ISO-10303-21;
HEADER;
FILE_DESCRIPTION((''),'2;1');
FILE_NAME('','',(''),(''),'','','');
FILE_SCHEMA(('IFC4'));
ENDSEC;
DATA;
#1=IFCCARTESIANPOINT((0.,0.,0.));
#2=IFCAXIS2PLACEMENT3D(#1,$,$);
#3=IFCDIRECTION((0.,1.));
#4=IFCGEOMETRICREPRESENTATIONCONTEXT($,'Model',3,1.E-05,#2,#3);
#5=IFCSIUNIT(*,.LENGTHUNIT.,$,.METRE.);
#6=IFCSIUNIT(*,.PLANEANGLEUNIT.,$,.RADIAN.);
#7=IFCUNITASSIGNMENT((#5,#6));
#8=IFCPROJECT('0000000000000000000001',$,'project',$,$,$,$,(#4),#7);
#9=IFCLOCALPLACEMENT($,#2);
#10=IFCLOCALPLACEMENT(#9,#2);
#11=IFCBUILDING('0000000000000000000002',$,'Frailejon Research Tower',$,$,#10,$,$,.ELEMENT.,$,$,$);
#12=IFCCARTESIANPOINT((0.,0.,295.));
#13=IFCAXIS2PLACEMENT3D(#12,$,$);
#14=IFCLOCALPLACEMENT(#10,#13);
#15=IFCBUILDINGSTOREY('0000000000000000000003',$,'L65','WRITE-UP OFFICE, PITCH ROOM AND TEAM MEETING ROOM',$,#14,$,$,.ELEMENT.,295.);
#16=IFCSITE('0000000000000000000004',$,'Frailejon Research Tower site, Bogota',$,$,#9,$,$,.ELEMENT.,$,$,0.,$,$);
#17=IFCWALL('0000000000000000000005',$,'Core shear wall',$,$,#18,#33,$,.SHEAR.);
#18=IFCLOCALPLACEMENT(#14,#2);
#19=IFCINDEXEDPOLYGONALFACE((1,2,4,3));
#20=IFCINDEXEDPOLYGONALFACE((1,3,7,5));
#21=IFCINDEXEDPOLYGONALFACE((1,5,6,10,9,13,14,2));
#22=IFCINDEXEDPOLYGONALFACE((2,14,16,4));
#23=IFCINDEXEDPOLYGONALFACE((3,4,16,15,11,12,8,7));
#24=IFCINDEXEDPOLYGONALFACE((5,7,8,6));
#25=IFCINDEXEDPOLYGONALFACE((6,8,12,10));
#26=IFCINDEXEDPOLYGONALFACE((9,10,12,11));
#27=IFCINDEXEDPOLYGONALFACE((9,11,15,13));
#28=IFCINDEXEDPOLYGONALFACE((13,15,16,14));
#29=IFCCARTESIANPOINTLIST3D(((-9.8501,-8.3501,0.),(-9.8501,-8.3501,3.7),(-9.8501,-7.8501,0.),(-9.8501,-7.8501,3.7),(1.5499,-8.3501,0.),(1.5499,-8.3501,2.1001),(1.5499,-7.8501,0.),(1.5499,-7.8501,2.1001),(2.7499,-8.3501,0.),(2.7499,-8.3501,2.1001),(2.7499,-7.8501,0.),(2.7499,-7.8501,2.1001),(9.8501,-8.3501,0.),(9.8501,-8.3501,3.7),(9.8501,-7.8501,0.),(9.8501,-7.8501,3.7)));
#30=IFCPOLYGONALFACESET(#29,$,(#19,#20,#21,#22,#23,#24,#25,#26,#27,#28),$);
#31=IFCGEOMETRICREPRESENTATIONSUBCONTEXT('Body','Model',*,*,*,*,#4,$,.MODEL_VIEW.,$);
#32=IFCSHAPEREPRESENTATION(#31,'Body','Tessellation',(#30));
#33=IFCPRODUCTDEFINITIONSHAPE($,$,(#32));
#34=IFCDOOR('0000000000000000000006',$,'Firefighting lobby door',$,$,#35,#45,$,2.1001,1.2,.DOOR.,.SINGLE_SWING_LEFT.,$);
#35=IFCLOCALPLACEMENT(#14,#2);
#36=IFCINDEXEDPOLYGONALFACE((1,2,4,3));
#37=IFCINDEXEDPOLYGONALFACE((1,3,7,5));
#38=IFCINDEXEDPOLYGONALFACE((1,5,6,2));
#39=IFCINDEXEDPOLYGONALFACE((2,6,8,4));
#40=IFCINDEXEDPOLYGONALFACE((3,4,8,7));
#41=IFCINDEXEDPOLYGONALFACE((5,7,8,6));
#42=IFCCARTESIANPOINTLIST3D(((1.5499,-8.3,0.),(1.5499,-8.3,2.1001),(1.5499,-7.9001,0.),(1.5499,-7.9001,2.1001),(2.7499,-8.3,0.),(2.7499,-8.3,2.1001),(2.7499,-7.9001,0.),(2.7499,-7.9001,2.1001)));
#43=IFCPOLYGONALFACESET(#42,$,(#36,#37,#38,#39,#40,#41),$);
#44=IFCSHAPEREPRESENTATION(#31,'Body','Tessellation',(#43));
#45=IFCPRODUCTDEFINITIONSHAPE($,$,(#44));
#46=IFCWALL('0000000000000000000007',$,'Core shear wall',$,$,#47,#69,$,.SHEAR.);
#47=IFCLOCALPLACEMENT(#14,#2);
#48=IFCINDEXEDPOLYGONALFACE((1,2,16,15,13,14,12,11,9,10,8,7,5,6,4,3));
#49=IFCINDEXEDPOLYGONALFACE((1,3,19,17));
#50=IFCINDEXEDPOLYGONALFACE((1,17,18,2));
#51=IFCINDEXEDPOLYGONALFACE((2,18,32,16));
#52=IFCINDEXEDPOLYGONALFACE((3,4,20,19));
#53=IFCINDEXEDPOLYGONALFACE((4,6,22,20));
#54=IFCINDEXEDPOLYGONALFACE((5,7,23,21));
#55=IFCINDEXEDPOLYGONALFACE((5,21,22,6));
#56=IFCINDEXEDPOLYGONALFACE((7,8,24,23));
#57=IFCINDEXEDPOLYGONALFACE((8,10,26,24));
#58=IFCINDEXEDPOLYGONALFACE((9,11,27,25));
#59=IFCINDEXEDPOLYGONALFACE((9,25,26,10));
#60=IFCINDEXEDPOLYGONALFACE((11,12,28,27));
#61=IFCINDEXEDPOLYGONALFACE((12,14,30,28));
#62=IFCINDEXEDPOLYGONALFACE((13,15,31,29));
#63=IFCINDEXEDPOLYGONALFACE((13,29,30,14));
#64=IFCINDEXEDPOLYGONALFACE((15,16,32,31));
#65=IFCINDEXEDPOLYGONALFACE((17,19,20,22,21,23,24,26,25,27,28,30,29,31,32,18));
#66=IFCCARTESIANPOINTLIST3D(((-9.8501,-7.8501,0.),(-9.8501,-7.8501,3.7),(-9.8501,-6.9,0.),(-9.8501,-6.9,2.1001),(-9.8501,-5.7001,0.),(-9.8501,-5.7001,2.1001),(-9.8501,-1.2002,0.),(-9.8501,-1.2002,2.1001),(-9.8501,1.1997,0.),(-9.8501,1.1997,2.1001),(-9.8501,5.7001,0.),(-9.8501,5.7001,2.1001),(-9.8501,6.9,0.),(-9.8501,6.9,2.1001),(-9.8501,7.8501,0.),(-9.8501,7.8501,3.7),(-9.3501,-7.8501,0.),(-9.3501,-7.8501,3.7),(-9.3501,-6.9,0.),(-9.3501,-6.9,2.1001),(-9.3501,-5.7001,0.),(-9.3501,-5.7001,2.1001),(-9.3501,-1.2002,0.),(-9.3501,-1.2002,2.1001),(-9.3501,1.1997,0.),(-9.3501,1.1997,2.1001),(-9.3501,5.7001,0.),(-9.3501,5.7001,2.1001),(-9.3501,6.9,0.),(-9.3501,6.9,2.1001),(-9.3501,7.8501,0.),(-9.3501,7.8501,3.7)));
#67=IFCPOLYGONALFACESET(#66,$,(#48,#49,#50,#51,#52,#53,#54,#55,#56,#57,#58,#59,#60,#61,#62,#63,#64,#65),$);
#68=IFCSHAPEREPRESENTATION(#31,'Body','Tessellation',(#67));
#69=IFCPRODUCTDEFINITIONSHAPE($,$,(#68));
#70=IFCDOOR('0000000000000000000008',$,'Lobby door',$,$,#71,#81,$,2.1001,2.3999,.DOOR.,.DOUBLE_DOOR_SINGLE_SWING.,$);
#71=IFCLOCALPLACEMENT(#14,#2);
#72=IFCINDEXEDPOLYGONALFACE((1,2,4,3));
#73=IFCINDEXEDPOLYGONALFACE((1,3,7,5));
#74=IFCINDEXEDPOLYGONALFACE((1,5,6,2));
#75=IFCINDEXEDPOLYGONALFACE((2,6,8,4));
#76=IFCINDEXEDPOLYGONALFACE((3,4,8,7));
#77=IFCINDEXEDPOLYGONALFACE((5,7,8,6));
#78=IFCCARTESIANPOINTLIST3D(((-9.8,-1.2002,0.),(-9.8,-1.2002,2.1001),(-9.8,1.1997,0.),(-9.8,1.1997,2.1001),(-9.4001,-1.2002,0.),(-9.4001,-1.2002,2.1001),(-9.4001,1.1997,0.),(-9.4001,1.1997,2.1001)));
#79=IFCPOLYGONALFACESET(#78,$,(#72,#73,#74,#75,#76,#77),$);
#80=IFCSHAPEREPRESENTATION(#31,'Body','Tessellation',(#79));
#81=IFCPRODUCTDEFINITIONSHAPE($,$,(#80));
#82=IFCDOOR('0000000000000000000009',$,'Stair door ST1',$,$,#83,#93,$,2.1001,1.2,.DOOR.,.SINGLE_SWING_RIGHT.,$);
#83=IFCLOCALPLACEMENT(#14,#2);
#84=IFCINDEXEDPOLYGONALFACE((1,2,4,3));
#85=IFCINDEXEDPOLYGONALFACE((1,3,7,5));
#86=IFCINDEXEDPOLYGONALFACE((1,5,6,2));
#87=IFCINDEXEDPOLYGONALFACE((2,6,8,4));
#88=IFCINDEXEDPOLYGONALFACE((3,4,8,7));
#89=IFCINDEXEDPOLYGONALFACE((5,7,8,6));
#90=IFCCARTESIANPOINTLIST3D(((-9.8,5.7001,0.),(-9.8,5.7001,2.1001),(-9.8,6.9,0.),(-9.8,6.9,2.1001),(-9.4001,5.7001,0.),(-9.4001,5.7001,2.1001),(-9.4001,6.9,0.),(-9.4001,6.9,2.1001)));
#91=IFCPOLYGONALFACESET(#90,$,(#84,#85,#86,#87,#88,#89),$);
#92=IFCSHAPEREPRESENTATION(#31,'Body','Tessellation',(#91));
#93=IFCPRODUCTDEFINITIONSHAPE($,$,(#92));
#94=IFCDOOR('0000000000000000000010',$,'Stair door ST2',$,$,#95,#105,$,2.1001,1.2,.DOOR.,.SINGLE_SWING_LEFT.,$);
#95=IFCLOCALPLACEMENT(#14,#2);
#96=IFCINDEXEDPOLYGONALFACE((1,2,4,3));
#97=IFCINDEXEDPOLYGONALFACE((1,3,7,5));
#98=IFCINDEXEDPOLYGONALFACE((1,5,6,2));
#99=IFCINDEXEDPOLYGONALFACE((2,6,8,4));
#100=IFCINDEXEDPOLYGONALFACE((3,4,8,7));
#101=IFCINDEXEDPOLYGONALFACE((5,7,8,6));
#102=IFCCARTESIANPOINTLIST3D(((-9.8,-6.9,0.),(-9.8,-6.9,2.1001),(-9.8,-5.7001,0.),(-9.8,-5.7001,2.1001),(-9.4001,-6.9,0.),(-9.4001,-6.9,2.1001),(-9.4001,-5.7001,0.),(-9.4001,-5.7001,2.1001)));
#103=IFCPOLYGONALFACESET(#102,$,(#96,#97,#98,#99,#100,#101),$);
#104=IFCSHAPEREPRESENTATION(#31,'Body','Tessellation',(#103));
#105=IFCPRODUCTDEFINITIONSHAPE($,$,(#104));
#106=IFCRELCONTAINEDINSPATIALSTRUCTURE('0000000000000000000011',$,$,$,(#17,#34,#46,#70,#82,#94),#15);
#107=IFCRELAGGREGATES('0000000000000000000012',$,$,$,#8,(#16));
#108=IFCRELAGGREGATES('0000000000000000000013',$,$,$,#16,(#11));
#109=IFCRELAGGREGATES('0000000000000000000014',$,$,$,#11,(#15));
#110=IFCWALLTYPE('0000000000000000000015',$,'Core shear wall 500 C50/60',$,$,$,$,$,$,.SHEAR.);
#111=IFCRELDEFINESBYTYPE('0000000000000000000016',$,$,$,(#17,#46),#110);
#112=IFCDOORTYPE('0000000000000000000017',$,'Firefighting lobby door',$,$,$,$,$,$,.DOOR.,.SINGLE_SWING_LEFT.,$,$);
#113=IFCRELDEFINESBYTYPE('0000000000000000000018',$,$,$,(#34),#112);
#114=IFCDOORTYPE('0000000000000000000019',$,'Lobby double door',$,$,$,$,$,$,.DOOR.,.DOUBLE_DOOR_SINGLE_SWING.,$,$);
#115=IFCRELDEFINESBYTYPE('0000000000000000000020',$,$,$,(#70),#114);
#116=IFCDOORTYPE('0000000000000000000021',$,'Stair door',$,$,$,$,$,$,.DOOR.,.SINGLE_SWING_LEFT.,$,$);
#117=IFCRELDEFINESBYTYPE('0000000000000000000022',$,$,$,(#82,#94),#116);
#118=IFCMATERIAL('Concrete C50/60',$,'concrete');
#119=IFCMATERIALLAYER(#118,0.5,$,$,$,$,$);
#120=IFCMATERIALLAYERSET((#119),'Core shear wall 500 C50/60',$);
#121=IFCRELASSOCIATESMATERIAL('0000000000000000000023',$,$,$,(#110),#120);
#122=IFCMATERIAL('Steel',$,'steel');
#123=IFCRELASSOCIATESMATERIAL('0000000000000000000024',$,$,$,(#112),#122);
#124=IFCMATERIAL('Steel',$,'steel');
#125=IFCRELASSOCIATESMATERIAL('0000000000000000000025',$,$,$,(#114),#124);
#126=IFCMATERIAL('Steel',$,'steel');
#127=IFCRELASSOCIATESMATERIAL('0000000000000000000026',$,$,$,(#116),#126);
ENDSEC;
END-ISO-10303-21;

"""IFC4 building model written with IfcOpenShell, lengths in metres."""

from ifc_helpers import new_model, si_unit, direction, frame, frame_2d, origin, place, context, subcontext, project, spatial, rectangle, extrude, material, layer, layer_set, type_object, element, fill, save


model = new_model("IFC4")

# Units and contexts
model_context = context("Model", 3, precision=1e-05, world=origin(), true_north=direction((0.0, 1.0)))
body_context = subcontext(model_context, "Body", "Model", "MODEL_VIEW")
ifc_project = project(units=[si_unit("LENGTHUNIT", "METRE"), si_unit("PLANEANGLEUNIT", "RADIAN")], contexts=[model_context])

# Site, building, storey
site_placement = place(None, origin())
site = spatial("IfcSite", under=ifc_project, at=site_placement, Name="Frailejon Research Tower site, Bogota", CompositionType="ELEMENT", RefElevation=0.0)
building_placement = place(site_placement, origin())
building = spatial("IfcBuilding", under=site, at=building_placement, Name="Frailejon Research Tower", CompositionType="ELEMENT")
storey_placement = place(building_placement, frame((0.0, 0.0, 295.0)))
storey = spatial("IfcBuildingStorey", under=building, at=storey_placement, Name="L65", Description="WRITE-UP OFFICE, PITCH ROOM AND TEAM MEETING ROOM", CompositionType="ELEMENT", Elevation=295.0)

# Wall, opening, door
ifc_material_1 = material(Name="Concrete C50/60", Category="concrete")
ifc_layer_1 = layer(ifc_material_1, 0.5)
ifc_layer_set_1 = layer_set([ifc_layer_1], Name="Core shear wall 500 C50/60")
wall_type_1 = type_object("IfcWallType", Name="Core shear wall 500 C50/60", PredefinedType="SHEAR", material=ifc_layer_set_1)
wall_1_placement = place(storey_placement, frame((-9.8501, -8.1001, 0.0), z_axis=(0.0, 0.0, 1.0), x_axis=(1.0, 0.0, 0.0)))
wall_1 = element("IfcWall", 1, at=wall_1_placement, inside=storey, type_object=wall_type_1, Name="Core shear wall", PredefinedType="SHEAR", context=body_context, shape_type="SweptSolid", body=[
    extrude(rectangle(XDim=19.7002, YDim=0.5, at=frame_2d((9.8501, 0.0))), origin(), (0.0, 0.0, 1.0), 3.7),
])
opening_1_placement = place(wall_1_placement, frame((11.3999, 0.0, 0.0)))
opening_1 = element("IfcOpeningElement", 2, at=opening_1_placement, cuts=wall_1, PredefinedType="OPENING", context=body_context, shape_type="SweptSolid", body=[
    extrude(rectangle(XDim=1.2, YDim=2.1001, at=frame_2d((0.6001, 1.05))), frame((0.0, 0.26, 0.0), z_axis=(0.0, -1.0, 0.0), x_axis=(1.0, 0.0, 0.0)), (0.0, 0.0, 1.0), 0.52),
])
ifc_material_2 = material(Name="Steel", Category="steel")
door_type_1 = type_object("IfcDoorType", Name="Firefighting lobby door", OperationType="SINGLE_SWING_LEFT", PredefinedType="DOOR", material=ifc_material_2)
door_1_placement = place(opening_1_placement, origin())
door_1 = element("IfcDoor", 3, at=door_1_placement, inside=storey, type_object=door_type_1, Name="Firefighting lobby door", OperationType="SINGLE_SWING_LEFT", OverallHeight=2.1001, OverallWidth=1.2, PredefinedType="DOOR", context=body_context, shape_type="SweptSolid", body=[
    extrude(rectangle(XDim=1.2, YDim=2.1001, at=frame_2d((0.6001, 1.05))), frame((0.0, 0.2, 0.0), z_axis=(0.0, -1.0, 0.0), x_axis=(1.0, 0.0, 0.0)), (0.0, 0.0, 1.0), 0.3999),
])
fill(opening_1, door_1)

# Wall, openings, doors
wall_2_placement = place(storey_placement, frame((-9.6001, -7.8501, 0.0), z_axis=(0.0, 0.0, 1.0), x_axis=(0.0, 1.0, 0.0)))
wall_2 = element("IfcWall", 4, at=wall_2_placement, inside=storey, type_object=wall_type_1, Name="Core shear wall", PredefinedType="SHEAR", context=body_context, shape_type="SweptSolid", body=[
    extrude(rectangle(XDim=15.7002, YDim=0.5, at=frame_2d((7.8501, 0.0))), origin(), (0.0, 0.0, 1.0), 3.7),
])
opening_2_placement = place(wall_2_placement, frame((6.6499, 0.0, 0.0)))
opening_2 = element("IfcOpeningElement", 5, at=opening_2_placement, cuts=wall_2, PredefinedType="OPENING", context=body_context, shape_type="SweptSolid", body=[
    extrude(rectangle(XDim=2.3999, YDim=2.1001, at=frame_2d((1.2, 1.05))), frame((0.0, 0.26, 0.0), z_axis=(0.0, -1.0, 0.0), x_axis=(1.0, 0.0, 0.0)), (0.0, 0.0, 1.0), 0.52),
])
opening_3_placement = place(wall_2_placement, frame((13.55, 0.0, 0.0)))
opening_3 = element("IfcOpeningElement", 6, at=opening_3_placement, cuts=wall_2, PredefinedType="OPENING", context=body_context, shape_type="SweptSolid", body=[
    extrude(rectangle(XDim=1.2, YDim=2.1001, at=frame_2d((0.6001, 1.05))), frame((0.0, 0.26, 0.0), z_axis=(0.0, -1.0, 0.0), x_axis=(1.0, 0.0, 0.0)), (0.0, 0.0, 1.0), 0.52),
])
opening_4_placement = place(wall_2_placement, frame((0.95, 0.0, 0.0)))
opening_4 = element("IfcOpeningElement", 7, at=opening_4_placement, cuts=wall_2, PredefinedType="OPENING", context=body_context, shape_type="SweptSolid", body=[
    extrude(rectangle(XDim=1.2, YDim=2.1001, at=frame_2d((0.6001, 1.05))), frame((0.0, 0.26, 0.0), z_axis=(0.0, -1.0, 0.0), x_axis=(1.0, 0.0, 0.0)), (0.0, 0.0, 1.0), 0.52),
])
ifc_material_3 = material(Name="Steel", Category="steel")
door_type_2 = type_object("IfcDoorType", Name="Lobby double door", OperationType="DOUBLE_DOOR_SINGLE_SWING", PredefinedType="DOOR", material=ifc_material_3)
door_2_placement = place(opening_2_placement, origin())
door_2 = element("IfcDoor", 8, at=door_2_placement, inside=storey, type_object=door_type_2, Name="Lobby door", OperationType="DOUBLE_DOOR_SINGLE_SWING", OverallHeight=2.1001, OverallWidth=2.3999, PredefinedType="DOOR", context=body_context, shape_type="SweptSolid", body=[
    extrude(rectangle(XDim=2.3999, YDim=2.1001, at=frame_2d((1.2, 1.05))), frame((0.0, 0.2, 0.0), z_axis=(0.0, -1.0, 0.0), x_axis=(1.0, 0.0, 0.0)), (0.0, 0.0, 1.0), 0.3999),
])
fill(opening_2, door_2)
ifc_material_4 = material(Name="Steel", Category="steel")
door_type_3 = type_object("IfcDoorType", Name="Stair door", OperationType="SINGLE_SWING_LEFT", PredefinedType="DOOR", material=ifc_material_4)
door_3_placement = place(opening_3_placement, origin())
door_3 = element("IfcDoor", 9, at=door_3_placement, inside=storey, type_object=door_type_3, Name="Stair door ST1", OperationType="SINGLE_SWING_RIGHT", OverallHeight=2.1001, OverallWidth=1.2, PredefinedType="DOOR", context=body_context, shape_type="SweptSolid", body=[
    extrude(rectangle(XDim=1.2, YDim=2.1001, at=frame_2d((0.6001, 1.05))), frame((0.0, 0.2, 0.0), z_axis=(0.0, -1.0, 0.0), x_axis=(1.0, 0.0, 0.0)), (0.0, 0.0, 1.0), 0.3999),
])
fill(opening_3, door_3)
door_4_placement = place(opening_4_placement, origin())
door_4 = element("IfcDoor", 10, at=door_4_placement, inside=storey, type_object=door_type_3, Name="Stair door ST2", OperationType="SINGLE_SWING_LEFT", OverallHeight=2.1001, OverallWidth=1.2, PredefinedType="DOOR", context=body_context, shape_type="SweptSolid", body=[
    extrude(rectangle(XDim=1.2, YDim=2.1001, at=frame_2d((0.6001, 1.05))), frame((0.0, 0.2, 0.0), z_axis=(0.0, -1.0, 0.0), x_axis=(1.0, 0.0, 0.0)), (0.0, 0.0, 1.0), 0.3999),
])
fill(opening_4, door_4)

save(model, "model.ifc")
